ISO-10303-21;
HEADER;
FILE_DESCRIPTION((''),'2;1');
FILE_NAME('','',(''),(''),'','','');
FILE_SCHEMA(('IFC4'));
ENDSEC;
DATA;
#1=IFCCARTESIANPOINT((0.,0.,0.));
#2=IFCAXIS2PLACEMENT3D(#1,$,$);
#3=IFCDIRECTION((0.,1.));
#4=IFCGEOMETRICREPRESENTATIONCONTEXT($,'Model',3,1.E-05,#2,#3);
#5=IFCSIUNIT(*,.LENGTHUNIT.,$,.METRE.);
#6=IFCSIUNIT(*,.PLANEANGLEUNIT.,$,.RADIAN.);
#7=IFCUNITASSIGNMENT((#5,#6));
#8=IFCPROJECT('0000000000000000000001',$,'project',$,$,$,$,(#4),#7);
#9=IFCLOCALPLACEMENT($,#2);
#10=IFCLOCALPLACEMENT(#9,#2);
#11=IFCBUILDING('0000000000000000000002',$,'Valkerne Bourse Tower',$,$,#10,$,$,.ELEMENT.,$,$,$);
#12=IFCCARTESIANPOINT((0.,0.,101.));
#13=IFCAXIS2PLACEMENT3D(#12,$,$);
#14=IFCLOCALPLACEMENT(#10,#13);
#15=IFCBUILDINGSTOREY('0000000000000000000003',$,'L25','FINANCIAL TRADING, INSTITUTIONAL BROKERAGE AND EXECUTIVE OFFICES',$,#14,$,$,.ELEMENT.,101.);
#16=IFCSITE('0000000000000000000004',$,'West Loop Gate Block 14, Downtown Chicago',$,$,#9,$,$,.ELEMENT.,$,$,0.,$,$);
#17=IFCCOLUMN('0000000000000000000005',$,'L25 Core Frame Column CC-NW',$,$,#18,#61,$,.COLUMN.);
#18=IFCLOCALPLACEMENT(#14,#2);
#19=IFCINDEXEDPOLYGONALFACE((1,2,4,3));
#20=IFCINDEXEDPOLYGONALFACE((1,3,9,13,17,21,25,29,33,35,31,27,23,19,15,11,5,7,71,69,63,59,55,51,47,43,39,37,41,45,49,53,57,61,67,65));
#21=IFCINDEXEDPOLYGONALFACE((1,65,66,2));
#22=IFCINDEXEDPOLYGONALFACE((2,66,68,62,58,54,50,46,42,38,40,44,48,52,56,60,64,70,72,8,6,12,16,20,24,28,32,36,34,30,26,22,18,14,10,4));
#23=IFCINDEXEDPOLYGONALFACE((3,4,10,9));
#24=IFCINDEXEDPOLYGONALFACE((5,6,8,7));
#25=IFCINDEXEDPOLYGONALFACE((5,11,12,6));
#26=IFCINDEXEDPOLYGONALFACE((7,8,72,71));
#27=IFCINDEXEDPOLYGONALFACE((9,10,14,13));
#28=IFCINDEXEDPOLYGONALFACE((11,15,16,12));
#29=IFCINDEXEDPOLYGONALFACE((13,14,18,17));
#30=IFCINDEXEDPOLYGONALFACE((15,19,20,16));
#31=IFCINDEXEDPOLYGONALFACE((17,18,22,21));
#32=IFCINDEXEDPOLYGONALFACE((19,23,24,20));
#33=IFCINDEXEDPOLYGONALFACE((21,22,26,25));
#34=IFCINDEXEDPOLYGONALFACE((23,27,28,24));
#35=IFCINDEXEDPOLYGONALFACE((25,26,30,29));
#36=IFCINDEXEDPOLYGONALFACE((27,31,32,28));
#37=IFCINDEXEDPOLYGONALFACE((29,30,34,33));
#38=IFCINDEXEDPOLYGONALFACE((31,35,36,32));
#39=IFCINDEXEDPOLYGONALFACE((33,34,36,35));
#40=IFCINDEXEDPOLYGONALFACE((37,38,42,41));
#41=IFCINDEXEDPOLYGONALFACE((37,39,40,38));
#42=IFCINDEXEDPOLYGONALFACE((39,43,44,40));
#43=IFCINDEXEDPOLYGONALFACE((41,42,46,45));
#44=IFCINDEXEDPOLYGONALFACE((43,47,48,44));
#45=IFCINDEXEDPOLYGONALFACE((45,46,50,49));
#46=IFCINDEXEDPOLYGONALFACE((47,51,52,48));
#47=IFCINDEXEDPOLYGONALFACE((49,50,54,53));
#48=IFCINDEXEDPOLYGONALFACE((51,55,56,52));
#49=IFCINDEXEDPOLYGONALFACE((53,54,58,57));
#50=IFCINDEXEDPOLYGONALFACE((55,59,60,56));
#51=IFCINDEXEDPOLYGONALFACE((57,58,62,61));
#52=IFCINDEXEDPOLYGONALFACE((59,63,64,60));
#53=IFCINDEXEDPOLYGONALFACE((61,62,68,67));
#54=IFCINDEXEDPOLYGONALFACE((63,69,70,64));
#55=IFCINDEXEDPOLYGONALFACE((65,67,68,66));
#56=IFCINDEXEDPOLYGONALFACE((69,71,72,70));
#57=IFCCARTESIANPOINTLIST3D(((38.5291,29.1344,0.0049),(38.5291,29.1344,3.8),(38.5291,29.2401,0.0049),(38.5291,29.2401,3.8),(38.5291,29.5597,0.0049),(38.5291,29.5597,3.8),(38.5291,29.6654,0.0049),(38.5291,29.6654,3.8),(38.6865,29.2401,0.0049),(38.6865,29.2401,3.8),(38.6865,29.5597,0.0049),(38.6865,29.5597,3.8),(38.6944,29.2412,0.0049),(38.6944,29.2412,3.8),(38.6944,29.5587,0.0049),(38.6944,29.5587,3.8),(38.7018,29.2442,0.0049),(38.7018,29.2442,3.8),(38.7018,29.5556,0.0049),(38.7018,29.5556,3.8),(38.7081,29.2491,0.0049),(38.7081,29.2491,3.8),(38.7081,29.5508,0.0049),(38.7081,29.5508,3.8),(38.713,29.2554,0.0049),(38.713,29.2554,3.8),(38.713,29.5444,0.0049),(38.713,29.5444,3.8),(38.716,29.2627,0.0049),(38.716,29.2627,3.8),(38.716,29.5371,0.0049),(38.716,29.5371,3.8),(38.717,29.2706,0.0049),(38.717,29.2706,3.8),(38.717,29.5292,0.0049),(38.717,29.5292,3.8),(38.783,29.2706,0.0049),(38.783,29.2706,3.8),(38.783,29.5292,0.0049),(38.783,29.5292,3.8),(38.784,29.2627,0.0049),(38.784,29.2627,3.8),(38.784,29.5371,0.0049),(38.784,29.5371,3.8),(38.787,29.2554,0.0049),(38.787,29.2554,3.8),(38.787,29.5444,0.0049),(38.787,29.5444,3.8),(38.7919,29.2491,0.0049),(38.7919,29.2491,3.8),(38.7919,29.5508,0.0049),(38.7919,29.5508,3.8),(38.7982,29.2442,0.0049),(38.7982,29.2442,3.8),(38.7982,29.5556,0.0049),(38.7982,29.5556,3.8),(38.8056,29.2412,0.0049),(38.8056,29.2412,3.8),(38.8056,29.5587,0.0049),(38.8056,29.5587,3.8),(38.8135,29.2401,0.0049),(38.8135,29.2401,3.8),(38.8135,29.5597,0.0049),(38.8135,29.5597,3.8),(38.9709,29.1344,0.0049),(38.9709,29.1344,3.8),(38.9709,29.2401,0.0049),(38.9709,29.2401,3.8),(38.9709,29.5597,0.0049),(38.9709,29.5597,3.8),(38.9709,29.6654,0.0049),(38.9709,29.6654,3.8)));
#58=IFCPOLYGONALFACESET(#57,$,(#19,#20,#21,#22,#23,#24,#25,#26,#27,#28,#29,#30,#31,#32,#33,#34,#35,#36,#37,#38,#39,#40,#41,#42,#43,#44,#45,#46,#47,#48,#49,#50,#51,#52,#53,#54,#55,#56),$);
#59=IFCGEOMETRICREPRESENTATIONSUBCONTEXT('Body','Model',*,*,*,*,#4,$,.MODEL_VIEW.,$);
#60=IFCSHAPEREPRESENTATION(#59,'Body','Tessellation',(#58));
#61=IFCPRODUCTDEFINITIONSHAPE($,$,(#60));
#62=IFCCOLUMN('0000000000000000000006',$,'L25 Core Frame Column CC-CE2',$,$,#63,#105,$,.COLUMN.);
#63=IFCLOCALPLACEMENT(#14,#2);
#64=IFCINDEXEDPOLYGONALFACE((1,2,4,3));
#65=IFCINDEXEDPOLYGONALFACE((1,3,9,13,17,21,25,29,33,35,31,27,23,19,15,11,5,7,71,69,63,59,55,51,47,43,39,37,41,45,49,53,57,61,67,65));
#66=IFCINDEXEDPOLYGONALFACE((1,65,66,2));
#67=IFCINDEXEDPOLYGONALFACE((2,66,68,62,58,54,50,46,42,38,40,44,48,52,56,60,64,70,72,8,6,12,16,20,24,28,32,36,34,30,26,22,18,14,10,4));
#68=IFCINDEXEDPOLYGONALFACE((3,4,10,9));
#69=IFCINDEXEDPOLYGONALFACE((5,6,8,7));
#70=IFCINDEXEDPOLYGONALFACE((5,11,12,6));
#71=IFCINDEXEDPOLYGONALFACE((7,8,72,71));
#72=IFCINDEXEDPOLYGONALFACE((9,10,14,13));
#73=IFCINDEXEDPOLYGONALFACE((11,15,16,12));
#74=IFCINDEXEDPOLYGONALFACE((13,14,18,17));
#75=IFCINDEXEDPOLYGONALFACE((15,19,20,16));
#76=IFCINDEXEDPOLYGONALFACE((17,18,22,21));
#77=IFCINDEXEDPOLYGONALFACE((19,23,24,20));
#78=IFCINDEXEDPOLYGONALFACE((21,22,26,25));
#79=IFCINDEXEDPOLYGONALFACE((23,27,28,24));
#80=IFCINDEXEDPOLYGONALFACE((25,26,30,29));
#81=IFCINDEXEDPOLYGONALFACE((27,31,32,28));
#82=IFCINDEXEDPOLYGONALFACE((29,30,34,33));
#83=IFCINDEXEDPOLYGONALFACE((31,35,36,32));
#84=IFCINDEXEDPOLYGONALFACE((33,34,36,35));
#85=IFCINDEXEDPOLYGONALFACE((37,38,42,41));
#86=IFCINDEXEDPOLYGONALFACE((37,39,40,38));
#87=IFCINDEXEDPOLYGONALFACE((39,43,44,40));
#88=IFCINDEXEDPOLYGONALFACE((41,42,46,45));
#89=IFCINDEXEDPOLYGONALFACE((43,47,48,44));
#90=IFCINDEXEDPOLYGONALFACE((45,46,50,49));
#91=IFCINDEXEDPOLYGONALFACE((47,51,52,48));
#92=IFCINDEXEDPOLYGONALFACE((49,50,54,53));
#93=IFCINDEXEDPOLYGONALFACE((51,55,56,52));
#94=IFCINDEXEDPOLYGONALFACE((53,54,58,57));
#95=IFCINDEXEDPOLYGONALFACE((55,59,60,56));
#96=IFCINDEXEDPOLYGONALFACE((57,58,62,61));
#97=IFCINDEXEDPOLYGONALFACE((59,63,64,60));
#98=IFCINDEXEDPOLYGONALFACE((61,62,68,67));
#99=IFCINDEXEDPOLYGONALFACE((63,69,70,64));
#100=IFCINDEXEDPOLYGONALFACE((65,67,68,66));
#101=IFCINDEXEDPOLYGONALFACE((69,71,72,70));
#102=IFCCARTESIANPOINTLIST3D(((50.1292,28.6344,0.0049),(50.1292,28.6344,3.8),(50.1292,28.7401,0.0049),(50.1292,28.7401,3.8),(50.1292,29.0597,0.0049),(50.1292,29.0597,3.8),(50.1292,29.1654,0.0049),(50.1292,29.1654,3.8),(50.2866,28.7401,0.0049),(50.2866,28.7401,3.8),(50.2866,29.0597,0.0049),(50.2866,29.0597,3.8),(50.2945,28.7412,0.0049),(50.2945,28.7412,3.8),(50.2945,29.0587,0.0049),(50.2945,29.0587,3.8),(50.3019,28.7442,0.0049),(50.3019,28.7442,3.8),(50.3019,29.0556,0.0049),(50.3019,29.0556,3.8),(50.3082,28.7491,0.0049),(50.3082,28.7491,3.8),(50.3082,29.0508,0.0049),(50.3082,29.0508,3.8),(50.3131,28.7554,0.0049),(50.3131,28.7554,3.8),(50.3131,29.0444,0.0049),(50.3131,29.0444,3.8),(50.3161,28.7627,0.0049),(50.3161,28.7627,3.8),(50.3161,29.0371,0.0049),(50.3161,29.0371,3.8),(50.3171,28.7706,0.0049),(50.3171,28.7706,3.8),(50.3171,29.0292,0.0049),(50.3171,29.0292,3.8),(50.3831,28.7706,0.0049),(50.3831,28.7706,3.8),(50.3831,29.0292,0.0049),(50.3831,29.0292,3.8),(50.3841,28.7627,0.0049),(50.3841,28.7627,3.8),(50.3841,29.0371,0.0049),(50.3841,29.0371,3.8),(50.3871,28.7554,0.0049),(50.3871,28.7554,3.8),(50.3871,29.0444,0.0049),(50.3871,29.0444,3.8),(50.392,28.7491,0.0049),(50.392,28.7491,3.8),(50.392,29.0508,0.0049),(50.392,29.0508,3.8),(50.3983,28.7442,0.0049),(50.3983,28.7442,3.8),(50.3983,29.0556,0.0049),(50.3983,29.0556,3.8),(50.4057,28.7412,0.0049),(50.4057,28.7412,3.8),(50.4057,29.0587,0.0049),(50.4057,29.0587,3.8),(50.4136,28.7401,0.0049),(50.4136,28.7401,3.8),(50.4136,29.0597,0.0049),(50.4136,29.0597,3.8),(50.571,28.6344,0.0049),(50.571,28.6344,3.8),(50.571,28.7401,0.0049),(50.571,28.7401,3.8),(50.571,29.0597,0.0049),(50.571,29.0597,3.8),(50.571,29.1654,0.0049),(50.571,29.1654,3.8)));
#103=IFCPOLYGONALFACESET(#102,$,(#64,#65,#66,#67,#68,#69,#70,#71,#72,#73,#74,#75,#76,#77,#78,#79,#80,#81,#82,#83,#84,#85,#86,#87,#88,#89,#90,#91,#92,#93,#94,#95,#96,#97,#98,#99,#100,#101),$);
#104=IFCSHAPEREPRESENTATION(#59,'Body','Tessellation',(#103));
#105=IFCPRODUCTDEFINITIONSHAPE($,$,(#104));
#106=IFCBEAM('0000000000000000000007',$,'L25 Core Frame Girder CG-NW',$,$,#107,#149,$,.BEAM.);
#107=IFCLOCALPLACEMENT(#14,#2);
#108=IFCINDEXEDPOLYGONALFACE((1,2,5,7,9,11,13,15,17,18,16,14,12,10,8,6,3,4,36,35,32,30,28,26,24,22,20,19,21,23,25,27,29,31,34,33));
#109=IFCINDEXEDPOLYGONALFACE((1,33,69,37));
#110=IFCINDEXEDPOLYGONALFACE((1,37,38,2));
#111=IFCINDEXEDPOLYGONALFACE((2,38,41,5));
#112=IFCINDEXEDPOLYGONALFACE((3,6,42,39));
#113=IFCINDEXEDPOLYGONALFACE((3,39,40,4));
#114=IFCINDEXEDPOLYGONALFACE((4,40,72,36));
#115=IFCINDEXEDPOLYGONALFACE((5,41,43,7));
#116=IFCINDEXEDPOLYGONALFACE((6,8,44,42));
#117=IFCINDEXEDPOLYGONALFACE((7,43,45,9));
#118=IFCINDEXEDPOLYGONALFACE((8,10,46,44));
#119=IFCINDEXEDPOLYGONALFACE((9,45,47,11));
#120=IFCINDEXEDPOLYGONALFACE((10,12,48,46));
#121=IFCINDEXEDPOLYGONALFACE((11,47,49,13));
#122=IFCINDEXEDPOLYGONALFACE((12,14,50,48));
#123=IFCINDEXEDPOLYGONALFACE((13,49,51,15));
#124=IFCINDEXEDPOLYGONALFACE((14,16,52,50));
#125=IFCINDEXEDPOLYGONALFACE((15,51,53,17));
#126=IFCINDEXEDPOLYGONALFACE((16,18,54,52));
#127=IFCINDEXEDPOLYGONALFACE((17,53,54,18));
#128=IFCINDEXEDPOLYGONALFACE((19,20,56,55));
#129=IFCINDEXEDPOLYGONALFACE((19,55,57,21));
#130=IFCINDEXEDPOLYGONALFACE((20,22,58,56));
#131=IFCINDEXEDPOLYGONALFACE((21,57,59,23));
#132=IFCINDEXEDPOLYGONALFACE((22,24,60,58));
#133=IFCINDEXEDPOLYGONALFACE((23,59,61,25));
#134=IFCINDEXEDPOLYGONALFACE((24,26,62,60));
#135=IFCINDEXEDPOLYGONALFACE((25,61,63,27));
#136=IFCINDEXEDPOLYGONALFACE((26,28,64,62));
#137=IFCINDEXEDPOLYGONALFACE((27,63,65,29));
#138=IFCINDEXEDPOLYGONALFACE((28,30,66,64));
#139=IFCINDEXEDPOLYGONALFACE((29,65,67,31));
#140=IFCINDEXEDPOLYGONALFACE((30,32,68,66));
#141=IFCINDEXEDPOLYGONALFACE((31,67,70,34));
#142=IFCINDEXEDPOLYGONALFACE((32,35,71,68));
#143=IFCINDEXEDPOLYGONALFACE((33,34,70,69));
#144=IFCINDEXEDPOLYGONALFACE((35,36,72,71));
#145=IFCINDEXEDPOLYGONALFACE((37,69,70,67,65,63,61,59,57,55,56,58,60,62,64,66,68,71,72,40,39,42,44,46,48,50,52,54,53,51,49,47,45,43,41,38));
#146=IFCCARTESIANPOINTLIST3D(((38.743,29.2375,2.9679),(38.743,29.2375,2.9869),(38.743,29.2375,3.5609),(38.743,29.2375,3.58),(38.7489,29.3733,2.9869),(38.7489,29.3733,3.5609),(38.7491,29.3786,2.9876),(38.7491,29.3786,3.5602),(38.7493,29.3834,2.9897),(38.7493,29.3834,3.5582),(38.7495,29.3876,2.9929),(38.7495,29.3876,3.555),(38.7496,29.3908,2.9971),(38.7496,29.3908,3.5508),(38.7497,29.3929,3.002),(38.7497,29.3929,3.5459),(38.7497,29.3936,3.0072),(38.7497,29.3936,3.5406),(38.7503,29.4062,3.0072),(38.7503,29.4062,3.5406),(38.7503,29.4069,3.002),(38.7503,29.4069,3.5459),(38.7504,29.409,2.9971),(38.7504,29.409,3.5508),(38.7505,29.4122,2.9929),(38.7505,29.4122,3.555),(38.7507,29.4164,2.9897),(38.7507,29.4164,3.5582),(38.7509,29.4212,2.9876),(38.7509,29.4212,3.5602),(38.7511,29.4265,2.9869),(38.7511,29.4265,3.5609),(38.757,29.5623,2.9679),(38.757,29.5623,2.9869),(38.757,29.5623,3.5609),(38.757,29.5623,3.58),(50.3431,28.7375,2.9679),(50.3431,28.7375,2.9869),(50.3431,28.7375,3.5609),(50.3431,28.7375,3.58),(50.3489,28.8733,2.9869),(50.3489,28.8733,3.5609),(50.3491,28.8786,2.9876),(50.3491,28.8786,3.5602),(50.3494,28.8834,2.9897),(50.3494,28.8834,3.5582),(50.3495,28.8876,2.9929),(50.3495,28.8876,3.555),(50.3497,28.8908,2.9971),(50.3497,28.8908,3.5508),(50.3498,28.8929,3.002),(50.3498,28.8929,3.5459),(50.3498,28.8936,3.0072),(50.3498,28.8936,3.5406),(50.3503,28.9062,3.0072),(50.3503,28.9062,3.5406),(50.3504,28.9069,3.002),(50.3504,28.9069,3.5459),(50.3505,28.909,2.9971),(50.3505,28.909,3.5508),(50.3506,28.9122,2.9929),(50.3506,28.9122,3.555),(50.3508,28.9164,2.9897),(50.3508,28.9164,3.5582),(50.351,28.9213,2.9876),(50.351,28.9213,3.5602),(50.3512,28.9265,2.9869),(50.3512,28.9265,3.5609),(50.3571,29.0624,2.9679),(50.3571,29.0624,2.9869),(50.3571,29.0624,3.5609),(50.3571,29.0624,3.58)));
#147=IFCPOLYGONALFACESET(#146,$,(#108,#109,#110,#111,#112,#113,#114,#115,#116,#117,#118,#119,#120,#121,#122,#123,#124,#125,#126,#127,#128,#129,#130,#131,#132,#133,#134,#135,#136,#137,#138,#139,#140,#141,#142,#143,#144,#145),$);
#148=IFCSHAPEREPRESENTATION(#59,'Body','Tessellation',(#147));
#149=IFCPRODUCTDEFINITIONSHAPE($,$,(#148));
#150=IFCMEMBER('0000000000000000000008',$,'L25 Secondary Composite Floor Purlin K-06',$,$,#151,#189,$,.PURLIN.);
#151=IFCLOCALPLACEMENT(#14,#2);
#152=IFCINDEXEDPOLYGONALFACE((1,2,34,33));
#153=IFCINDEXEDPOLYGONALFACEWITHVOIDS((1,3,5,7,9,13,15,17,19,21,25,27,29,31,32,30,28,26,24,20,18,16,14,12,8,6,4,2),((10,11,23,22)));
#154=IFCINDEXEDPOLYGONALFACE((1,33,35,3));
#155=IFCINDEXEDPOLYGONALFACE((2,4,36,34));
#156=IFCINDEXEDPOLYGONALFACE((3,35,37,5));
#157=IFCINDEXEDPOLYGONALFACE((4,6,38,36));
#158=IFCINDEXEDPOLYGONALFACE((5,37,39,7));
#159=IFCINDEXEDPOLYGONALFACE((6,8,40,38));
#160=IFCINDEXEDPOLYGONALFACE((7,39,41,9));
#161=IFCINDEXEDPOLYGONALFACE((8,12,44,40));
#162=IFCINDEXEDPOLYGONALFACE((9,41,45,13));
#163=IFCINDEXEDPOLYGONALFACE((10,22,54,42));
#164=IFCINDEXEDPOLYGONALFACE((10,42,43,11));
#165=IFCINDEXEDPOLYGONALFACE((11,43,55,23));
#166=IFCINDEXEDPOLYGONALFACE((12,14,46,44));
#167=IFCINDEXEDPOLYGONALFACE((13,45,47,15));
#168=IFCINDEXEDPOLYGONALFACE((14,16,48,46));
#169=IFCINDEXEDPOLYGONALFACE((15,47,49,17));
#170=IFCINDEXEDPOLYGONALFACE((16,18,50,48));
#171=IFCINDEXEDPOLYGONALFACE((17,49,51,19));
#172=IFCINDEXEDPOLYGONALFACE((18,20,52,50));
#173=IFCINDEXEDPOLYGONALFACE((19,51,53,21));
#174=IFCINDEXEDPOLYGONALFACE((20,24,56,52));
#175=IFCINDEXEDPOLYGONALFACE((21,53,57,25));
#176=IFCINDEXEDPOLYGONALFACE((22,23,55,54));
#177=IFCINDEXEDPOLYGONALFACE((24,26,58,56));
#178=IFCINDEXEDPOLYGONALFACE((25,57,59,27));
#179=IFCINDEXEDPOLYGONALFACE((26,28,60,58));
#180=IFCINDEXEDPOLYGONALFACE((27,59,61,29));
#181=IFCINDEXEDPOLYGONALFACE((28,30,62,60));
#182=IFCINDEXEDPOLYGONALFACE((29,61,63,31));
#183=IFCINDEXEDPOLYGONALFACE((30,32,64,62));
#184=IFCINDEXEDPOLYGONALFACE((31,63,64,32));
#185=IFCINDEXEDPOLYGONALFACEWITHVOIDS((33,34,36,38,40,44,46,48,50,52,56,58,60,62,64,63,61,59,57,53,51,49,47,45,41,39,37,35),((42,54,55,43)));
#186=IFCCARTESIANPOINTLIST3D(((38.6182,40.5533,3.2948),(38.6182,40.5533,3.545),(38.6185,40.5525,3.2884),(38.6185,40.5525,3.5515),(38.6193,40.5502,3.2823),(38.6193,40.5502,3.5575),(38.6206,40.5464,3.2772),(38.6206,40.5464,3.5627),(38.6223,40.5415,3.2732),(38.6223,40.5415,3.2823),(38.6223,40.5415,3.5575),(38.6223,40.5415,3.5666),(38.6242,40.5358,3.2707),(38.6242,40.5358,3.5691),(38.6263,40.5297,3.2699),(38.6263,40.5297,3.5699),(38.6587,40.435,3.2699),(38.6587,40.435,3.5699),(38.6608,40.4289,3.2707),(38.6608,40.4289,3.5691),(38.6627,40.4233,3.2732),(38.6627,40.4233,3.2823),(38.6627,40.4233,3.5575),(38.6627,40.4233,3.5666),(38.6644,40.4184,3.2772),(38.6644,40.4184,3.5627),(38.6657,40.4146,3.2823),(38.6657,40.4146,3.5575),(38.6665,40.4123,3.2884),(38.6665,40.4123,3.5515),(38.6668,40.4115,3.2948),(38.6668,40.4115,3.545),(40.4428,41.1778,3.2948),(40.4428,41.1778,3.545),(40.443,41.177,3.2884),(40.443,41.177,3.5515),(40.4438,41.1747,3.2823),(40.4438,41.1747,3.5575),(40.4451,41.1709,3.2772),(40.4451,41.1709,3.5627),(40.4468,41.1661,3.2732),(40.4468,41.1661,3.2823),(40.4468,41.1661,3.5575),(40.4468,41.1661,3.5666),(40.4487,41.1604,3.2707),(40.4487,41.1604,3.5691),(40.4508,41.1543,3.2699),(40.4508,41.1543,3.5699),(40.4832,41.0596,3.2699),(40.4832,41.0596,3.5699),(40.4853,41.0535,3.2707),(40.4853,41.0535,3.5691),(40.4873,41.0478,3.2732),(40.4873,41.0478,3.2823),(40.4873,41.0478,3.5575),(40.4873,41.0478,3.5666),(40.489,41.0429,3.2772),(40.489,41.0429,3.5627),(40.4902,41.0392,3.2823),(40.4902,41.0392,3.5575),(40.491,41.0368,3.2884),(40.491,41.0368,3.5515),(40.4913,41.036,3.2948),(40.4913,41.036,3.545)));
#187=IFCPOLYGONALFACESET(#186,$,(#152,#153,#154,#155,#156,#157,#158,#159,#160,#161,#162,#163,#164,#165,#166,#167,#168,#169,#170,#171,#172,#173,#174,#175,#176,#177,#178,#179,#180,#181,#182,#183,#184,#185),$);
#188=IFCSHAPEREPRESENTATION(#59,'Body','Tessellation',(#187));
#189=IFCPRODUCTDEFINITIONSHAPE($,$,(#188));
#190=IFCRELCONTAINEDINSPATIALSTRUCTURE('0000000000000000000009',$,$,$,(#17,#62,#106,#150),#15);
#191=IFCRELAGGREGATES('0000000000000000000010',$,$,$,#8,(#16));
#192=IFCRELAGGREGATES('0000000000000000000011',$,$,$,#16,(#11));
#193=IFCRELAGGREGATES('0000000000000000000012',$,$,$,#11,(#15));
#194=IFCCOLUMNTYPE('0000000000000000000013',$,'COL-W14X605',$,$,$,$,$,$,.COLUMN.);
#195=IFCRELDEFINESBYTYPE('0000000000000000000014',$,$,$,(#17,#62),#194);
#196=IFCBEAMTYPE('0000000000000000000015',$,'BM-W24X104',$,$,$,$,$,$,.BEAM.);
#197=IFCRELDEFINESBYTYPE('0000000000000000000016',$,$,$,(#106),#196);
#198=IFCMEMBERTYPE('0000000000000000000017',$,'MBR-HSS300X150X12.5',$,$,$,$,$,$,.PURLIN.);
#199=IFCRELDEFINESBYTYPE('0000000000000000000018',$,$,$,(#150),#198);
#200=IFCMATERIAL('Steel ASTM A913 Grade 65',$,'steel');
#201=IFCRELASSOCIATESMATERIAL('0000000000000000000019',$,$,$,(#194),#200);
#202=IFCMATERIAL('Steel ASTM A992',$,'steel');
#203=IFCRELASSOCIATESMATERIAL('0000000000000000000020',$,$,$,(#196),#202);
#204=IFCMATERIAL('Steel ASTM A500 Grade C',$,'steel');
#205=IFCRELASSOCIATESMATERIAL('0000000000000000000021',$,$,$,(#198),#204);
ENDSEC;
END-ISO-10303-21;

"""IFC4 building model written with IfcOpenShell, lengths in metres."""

from ifc_helpers import new_model, si_unit, direction, frame, origin, origin_2d, place, context, subcontext, project, spatial, hollow_rectangle, i_section, extrude, material, material_profile, profile_set, type_object, element, save


model = new_model("IFC4")

# Units and contexts
model_context = context("Model", 3, precision=1e-05, world=origin(), true_north=direction((0.0, 1.0)))
body_context = subcontext(model_context, "Body", "Model", "MODEL_VIEW")
ifc_project = project(units=[si_unit("LENGTHUNIT", "METRE"), si_unit("PLANEANGLEUNIT", "RADIAN")], contexts=[model_context])

# Site, building, storey
site_placement = place(None, origin())
site = spatial("IfcSite", under=ifc_project, at=site_placement, Name="West Loop Gate Block 14, Downtown Chicago", CompositionType="ELEMENT", RefElevation=0.0)
building_placement = place(site_placement, origin())
building = spatial("IfcBuilding", under=site, at=building_placement, Name="Valkerne Bourse Tower", CompositionType="ELEMENT")
storey_placement = place(building_placement, frame((0.0, 0.0, 101.0)))
storey = spatial("IfcBuildingStorey", under=building, at=storey_placement, Name="L25", Description="FINANCIAL TRADING, INSTITUTIONAL BROKERAGE AND EXECUTIVE OFFICES", CompositionType="ELEMENT", Elevation=101.0)

# Columns
ifc_material_1 = material(Name="Steel ASTM A913 Grade 65", Category="steel")
ifc_material_profile_1 = material_profile(ifc_material_1, i_section(OverallWidth=0.4419, OverallDepth=0.531, WebThickness=0.0659, FlangeThickness=0.1057, FilletRadius=0.0305, at=origin_2d()), Name="W14X605")
ifc_profile_set_1 = profile_set([ifc_material_profile_1], Name="Steel ASTM A913 Grade 65")
column_type = type_object("IfcColumnType", Name="COL-W14X605", PredefinedType="COLUMN", material=ifc_profile_set_1)
for number, where, z_axis, x_axis, name in (
    (1, (38.75, 29.3999, 0.0049), (0.0, 0.0, 1.0), (1.0, 0.0, 0.0), "L25 Core Frame Column CC-NW"),
    (2, (50.3501, 28.8999, 0.0049), (0.0, 0.0, 1.0), (1.0, 0.0, 0.0), "L25 Core Frame Column CC-CE2"),
):
    element("IfcColumn", number, at=place(storey_placement, frame(where, z_axis=z_axis, x_axis=x_axis)), inside=storey, type_object=column_type, Name=name, PredefinedType="COLUMN", context=body_context, shape_type="SweptSolid", body=[
        extrude(i_section(OverallWidth=0.4419, OverallDepth=0.531, WebThickness=0.0659, FlangeThickness=0.1057, FilletRadius=0.0305, at=origin_2d()), origin(), (0.0, 0.0, 1.0), 3.7952),
    ])

# Beam
ifc_material_2 = material(Name="Steel ASTM A992", Category="steel")
ifc_material_profile_2 = material_profile(ifc_material_2, i_section(OverallWidth=0.3252, OverallDepth=0.6121, WebThickness=0.0127, FlangeThickness=0.019, FilletRadius=0.0203, at=origin_2d()), Name="W24X104")
ifc_profile_set_2 = profile_set([ifc_material_profile_2], Name="Steel ASTM A992")
beam_type = type_object("IfcBeamType", Name="BM-W24X104", PredefinedType="BEAM", material=ifc_profile_set_2)
beam_placement = place(storey_placement, frame((38.75, 29.3999, 3.2739), z_axis=(0.999072, -0.043063, 0.0), x_axis=(0.043063, 0.999072, 0.0)))
element("IfcBeam", 3, at=beam_placement, inside=storey, type_object=beam_type, Name="L25 Core Frame Girder CG-NW", PredefinedType="BEAM", context=body_context, shape_type="SweptSolid", body=[
    extrude(i_section(OverallWidth=0.3252, OverallDepth=0.6121, WebThickness=0.0127, FlangeThickness=0.019, FilletRadius=0.0203, at=origin_2d()), origin(), (0.0, 0.0, 1.0), 11.6108),
])

# Member
ifc_material_3 = material(Name="Steel ASTM A500 Grade C", Category="steel")
ifc_material_profile_3 = material_profile(ifc_material_3, hollow_rectangle(XDim=0.1499, YDim=0.3, WallThickness=0.0125, OuterFilletRadius=0.0249, at=origin_2d()), Name="HSS300X150X12.5")
ifc_profile_set_3 = profile_set([ifc_material_profile_3], Name="Steel ASTM A500 Grade C")
member_type = type_object("IfcMemberType", Name="MBR-HSS300X150X12.5", PredefinedType="PURLIN", material=ifc_profile_set_3)
member_1_placement = place(storey_placement, frame((40.467, 41.1069, 3.4199), z_axis=(-0.946108, -0.323852, 0.0), x_axis=(0.323852, -0.946108, 0.0)))
element("IfcMember", 4, at=member_1_placement, inside=storey, type_object=member_type, Name="L25 Secondary Composite Floor Purlin K-06", PredefinedType="PURLIN", context=body_context, shape_type="SweptSolid", body=[
    extrude(hollow_rectangle(XDim=0.1499, YDim=0.3, WallThickness=0.0125, OuterFilletRadius=0.0249, at=origin_2d()), origin(), (0.0, 0.0, 1.0), 1.9285),
])

save(model, "model.ifc")
